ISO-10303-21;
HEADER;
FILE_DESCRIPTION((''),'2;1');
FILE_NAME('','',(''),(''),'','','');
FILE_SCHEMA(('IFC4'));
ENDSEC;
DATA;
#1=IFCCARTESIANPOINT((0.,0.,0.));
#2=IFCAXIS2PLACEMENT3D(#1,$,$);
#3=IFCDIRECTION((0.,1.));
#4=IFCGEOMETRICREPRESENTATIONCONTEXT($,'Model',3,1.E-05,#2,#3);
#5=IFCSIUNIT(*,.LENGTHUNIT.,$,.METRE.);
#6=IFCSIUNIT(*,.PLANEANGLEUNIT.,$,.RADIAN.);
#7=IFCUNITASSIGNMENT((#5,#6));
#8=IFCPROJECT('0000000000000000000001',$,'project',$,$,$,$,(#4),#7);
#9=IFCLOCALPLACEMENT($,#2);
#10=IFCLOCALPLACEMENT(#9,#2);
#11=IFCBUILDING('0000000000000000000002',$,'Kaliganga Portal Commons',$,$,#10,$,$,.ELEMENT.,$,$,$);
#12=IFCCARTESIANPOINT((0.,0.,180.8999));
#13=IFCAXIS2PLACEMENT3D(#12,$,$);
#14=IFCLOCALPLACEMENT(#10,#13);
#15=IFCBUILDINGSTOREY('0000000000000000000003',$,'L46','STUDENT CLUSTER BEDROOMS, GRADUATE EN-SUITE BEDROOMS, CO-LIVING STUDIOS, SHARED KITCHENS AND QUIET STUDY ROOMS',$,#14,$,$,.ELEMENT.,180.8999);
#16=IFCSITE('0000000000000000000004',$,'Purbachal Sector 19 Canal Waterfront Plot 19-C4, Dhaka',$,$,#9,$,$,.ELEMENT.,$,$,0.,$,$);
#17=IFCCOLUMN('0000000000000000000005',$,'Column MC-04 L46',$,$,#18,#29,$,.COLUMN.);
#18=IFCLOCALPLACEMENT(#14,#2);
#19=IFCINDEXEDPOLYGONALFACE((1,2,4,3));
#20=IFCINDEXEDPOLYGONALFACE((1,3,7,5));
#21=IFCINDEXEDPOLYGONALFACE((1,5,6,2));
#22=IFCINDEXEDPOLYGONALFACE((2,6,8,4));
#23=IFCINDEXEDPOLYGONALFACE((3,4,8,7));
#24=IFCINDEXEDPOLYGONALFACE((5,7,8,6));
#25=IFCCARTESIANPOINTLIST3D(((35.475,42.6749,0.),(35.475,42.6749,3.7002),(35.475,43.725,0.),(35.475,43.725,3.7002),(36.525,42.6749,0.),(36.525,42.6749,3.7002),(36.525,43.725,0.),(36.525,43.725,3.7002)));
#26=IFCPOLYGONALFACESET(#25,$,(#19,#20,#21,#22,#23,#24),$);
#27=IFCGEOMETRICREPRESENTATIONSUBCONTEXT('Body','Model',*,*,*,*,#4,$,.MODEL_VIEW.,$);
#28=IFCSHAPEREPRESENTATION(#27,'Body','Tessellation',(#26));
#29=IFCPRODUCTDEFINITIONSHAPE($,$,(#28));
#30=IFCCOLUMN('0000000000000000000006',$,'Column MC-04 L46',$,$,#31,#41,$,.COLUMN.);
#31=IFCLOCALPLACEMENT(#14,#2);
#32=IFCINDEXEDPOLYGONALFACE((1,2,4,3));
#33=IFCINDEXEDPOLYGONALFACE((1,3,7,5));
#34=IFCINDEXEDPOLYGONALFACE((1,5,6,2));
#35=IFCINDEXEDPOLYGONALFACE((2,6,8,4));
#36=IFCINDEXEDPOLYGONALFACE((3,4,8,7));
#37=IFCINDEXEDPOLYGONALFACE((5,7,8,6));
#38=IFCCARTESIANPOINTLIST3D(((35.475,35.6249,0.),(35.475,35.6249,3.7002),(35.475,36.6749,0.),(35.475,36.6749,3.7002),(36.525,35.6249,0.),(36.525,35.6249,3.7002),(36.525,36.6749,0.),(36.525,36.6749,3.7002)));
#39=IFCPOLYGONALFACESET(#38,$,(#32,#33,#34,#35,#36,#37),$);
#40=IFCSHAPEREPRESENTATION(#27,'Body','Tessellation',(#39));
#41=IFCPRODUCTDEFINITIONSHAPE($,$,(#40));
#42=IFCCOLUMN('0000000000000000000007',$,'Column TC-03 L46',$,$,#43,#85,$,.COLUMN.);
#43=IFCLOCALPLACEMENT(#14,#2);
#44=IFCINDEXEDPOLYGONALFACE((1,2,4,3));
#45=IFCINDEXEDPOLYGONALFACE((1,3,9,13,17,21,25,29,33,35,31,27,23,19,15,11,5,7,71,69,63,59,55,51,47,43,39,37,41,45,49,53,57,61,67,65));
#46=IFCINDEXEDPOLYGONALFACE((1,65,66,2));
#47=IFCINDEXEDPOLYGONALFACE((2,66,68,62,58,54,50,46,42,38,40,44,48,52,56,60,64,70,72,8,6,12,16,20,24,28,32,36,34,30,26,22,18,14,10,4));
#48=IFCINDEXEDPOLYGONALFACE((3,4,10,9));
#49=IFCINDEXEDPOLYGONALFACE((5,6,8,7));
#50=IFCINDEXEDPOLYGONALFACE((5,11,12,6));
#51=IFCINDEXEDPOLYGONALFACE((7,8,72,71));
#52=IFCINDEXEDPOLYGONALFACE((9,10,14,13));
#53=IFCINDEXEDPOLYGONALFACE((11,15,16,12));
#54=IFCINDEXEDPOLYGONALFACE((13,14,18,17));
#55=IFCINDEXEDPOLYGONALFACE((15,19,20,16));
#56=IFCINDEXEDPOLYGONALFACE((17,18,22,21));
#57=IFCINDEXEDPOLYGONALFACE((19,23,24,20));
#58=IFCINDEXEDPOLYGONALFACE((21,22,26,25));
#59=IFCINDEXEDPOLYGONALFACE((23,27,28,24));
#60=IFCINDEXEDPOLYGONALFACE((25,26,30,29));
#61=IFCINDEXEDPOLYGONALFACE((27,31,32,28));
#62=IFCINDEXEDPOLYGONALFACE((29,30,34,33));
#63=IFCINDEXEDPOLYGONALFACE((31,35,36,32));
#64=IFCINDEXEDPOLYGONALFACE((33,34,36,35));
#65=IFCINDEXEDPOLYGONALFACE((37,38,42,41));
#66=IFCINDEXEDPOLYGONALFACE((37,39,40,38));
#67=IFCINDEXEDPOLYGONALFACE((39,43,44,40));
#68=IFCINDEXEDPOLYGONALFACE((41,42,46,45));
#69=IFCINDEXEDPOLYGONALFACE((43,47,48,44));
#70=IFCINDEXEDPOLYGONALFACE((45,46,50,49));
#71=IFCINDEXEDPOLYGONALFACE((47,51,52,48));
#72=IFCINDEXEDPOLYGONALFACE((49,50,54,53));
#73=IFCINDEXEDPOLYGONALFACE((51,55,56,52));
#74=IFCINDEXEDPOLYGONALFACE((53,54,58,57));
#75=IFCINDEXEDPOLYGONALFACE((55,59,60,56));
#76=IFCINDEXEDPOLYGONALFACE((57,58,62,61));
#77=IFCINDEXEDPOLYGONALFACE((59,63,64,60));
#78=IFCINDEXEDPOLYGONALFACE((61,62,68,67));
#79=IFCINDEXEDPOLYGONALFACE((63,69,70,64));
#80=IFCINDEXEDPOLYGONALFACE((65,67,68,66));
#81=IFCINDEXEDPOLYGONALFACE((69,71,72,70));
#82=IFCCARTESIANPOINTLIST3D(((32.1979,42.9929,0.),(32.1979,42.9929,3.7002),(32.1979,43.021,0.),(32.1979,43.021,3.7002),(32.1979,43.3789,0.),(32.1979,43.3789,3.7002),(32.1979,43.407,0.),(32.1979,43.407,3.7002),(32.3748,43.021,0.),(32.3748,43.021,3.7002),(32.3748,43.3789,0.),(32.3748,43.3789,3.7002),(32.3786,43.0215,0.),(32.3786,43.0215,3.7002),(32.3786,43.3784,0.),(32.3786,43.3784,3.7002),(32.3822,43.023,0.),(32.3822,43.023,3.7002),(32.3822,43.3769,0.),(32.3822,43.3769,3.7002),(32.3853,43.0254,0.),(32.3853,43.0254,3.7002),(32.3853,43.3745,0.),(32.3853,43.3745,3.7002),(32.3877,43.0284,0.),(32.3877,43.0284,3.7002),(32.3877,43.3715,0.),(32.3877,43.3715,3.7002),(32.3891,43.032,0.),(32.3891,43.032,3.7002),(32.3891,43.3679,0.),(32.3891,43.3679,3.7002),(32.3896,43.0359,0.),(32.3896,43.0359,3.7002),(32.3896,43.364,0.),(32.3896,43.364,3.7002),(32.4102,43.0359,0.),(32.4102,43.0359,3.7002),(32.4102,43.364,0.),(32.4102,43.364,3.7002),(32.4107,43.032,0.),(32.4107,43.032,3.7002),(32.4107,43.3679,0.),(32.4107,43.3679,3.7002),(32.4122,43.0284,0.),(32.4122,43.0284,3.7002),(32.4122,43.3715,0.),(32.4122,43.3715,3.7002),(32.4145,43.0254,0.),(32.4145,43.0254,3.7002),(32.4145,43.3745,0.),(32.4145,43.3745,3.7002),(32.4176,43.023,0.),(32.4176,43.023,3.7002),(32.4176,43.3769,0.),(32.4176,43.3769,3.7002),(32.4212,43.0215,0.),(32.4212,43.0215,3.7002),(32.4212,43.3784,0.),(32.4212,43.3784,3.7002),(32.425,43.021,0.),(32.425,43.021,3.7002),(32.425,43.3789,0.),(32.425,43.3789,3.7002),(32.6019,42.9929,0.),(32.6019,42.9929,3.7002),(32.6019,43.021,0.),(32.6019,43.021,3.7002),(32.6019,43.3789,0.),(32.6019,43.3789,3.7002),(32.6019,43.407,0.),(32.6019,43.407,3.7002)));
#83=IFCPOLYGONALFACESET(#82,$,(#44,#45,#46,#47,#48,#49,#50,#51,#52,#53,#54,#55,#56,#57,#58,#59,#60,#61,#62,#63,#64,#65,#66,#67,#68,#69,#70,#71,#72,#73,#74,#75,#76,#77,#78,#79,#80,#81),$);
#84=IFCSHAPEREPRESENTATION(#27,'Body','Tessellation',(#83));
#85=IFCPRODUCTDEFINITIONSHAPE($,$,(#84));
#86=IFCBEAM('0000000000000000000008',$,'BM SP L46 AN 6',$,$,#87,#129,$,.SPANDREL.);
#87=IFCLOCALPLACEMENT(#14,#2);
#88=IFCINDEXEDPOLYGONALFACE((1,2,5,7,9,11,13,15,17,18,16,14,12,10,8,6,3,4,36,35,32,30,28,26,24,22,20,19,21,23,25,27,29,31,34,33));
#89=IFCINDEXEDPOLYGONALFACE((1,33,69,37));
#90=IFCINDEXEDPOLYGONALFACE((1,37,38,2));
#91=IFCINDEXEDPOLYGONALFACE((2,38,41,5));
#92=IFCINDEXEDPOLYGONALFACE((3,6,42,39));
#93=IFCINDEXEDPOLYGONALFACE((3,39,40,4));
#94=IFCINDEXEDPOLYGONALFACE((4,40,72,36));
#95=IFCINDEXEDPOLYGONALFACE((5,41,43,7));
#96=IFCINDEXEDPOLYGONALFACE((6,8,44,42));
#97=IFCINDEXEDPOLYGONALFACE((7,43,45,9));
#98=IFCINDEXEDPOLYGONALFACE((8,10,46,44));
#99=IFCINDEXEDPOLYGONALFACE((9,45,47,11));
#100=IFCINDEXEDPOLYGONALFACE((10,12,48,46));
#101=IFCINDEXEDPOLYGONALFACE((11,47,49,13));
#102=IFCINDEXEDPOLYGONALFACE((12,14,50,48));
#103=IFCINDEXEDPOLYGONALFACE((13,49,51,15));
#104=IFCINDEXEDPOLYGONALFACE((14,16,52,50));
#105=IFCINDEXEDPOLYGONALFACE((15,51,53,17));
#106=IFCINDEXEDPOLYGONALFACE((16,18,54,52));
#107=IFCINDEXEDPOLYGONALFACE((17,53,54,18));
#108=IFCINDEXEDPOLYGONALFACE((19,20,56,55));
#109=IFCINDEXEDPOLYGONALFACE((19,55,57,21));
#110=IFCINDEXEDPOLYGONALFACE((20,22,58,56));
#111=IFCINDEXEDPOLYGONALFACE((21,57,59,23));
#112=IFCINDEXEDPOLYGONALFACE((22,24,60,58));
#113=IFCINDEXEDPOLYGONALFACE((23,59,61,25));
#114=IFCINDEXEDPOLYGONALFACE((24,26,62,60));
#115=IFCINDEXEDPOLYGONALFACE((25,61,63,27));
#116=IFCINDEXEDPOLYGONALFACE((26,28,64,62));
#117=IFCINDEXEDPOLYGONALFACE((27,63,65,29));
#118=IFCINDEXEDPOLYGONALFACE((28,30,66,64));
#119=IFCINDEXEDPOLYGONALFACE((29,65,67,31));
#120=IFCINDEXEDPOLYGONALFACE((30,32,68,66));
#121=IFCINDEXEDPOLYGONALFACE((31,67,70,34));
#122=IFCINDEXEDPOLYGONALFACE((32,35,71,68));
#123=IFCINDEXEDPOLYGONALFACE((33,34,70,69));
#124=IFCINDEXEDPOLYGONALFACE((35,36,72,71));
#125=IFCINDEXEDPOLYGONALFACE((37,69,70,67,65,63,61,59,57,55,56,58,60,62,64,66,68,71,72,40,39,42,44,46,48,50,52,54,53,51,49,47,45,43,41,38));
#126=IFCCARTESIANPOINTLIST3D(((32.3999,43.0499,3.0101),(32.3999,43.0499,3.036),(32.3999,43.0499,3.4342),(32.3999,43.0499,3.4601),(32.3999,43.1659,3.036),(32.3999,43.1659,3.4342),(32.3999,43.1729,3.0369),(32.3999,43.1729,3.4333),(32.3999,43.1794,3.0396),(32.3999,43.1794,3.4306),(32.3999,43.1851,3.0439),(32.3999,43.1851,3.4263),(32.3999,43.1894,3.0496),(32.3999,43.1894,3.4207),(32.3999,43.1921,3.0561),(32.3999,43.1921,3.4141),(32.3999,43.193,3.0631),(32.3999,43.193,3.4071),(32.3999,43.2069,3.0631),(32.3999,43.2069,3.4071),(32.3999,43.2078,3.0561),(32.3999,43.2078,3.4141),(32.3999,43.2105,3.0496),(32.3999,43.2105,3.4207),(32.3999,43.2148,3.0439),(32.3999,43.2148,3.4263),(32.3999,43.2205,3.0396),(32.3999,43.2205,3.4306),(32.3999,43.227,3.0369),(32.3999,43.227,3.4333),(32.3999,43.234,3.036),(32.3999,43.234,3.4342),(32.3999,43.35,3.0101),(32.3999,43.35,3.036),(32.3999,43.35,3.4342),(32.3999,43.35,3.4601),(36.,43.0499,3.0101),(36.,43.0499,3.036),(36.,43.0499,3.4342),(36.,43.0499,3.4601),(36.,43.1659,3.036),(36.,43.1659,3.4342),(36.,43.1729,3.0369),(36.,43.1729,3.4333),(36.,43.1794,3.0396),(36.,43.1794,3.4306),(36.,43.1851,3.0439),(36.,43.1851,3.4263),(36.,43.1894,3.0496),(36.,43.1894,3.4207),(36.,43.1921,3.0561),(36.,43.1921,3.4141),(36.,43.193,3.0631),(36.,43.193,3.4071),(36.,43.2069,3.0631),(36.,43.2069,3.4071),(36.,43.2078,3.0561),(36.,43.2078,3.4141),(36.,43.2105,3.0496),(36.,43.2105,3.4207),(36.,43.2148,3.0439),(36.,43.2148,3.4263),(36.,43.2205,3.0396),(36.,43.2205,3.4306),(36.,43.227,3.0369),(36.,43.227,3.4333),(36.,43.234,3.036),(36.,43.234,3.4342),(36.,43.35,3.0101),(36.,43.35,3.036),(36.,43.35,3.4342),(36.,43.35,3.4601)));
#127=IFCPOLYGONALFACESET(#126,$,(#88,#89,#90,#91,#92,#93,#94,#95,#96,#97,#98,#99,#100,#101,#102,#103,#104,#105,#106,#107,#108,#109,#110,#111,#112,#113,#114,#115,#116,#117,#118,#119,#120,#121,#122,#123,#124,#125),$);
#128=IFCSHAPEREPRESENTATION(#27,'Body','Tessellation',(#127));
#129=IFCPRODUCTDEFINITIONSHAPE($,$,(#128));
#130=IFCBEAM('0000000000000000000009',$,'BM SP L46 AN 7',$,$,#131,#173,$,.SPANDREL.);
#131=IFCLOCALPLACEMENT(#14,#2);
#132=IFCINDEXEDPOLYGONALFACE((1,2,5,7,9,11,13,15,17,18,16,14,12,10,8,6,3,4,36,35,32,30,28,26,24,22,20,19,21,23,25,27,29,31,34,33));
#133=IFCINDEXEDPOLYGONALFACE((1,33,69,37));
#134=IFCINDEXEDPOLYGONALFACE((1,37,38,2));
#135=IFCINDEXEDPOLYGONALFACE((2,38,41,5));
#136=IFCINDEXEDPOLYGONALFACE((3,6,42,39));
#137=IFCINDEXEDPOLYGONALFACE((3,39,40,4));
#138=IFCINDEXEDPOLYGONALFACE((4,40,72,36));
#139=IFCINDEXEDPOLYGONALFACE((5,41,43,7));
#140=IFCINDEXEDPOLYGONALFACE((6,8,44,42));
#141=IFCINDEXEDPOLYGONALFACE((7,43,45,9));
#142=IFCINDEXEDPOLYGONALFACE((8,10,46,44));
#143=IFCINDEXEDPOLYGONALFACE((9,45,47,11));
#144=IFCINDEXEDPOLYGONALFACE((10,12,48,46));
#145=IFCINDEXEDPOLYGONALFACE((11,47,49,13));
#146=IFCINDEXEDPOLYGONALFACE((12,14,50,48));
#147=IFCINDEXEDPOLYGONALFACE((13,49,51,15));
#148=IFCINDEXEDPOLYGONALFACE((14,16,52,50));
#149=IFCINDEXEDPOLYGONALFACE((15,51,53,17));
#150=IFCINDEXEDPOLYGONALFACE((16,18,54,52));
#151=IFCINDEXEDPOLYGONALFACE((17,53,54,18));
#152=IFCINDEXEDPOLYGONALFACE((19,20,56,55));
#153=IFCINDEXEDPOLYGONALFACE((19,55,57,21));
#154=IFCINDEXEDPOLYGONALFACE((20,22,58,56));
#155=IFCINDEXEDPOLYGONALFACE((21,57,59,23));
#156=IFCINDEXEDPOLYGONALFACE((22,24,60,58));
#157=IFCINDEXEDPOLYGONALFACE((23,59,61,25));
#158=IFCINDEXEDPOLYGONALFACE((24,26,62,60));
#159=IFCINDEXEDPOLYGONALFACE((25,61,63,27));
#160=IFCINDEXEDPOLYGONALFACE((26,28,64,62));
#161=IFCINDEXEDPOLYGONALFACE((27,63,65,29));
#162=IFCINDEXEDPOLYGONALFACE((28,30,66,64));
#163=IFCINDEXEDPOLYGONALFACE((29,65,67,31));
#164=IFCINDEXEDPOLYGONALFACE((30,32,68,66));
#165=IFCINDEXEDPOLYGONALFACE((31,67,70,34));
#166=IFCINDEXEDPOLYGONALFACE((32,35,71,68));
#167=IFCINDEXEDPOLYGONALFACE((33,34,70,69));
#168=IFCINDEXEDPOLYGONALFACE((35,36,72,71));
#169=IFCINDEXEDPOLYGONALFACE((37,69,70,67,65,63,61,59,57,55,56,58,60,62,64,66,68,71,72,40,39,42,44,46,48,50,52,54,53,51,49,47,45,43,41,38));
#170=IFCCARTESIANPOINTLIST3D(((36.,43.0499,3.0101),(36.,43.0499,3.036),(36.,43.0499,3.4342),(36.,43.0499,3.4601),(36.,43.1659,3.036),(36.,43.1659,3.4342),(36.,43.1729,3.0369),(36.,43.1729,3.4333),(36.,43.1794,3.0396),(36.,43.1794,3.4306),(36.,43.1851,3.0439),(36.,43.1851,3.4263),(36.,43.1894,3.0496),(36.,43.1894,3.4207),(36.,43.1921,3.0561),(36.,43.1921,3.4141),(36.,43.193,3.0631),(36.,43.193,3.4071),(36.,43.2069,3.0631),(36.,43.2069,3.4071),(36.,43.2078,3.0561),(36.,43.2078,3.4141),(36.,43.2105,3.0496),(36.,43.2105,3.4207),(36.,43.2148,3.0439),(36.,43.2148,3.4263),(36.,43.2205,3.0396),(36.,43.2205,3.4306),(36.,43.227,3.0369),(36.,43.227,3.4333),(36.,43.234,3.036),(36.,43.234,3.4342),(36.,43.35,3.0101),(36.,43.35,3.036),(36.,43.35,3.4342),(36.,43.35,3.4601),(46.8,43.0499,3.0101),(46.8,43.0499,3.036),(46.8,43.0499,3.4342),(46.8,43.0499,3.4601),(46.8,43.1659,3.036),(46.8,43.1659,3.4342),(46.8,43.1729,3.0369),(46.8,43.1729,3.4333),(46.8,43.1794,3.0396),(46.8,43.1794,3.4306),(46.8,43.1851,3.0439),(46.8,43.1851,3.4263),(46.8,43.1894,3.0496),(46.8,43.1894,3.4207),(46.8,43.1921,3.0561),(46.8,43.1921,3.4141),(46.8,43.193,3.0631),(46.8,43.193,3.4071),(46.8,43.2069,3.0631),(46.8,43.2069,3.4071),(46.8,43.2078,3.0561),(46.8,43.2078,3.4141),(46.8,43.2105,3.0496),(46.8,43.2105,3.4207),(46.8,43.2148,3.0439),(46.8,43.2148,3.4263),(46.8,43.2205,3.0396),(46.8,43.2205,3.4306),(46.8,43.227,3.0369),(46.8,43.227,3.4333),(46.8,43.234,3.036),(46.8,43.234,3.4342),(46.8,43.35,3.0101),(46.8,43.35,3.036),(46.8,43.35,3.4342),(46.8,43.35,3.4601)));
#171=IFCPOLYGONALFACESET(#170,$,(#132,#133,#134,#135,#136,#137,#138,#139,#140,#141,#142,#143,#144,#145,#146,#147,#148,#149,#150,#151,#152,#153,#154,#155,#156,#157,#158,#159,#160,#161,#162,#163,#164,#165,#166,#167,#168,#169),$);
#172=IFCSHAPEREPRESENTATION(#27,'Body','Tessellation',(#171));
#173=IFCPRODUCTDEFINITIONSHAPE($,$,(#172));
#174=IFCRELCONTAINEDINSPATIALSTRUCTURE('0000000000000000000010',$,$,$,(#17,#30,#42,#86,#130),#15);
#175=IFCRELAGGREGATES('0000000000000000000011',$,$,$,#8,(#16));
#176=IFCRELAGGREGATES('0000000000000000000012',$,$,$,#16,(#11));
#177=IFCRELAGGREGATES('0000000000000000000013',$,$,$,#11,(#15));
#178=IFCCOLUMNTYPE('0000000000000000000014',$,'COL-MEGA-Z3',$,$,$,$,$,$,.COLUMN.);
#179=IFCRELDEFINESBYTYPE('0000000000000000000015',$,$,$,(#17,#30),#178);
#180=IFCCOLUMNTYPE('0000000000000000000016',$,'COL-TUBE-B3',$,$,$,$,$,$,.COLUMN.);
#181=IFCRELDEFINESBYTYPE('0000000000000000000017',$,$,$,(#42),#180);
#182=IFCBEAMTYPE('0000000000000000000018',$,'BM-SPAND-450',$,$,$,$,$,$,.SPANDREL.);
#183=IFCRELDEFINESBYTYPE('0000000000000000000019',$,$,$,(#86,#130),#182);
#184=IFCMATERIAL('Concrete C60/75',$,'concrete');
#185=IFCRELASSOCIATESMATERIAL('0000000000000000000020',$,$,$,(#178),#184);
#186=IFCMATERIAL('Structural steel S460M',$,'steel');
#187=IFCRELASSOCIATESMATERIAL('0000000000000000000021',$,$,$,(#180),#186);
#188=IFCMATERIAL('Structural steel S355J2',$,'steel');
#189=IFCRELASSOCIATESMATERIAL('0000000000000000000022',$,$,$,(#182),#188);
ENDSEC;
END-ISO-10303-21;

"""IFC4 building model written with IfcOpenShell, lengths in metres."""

from ifc_helpers import new_model, si_unit, direction, frame, origin, origin_2d, place, context, subcontext, project, spatial, rectangle, i_section, extrude, source, transform, mapped, material, material_profile, profile_set, type_object, element, save


model = new_model("IFC4")

# Units and contexts
model_context = context("Model", 3, precision=1e-05, world=origin(), true_north=direction((0.0, 1.0)))
body_context = subcontext(model_context, "Body", "Model", "MODEL_VIEW")
ifc_project = project(units=[si_unit("LENGTHUNIT", "METRE"), si_unit("PLANEANGLEUNIT", "RADIAN")], contexts=[model_context])

# Site, building, storey
site_placement = place(None, origin())
site = spatial("IfcSite", under=ifc_project, at=site_placement, Name="Purbachal Sector 19 Canal Waterfront Plot 19-C4, Dhaka", CompositionType="ELEMENT", RefElevation=0.0)
building_placement = place(site_placement, origin())
building = spatial("IfcBuilding", under=site, at=building_placement, Name="Kaliganga Portal Commons", CompositionType="ELEMENT")
storey_placement = place(building_placement, frame((0.0, 0.0, 180.8999)))
storey = spatial("IfcBuildingStorey", under=building, at=storey_placement, Name="L46", Description="STUDENT CLUSTER BEDROOMS, GRADUATE EN-SUITE BEDROOMS, CO-LIVING STUDIOS, SHARED KITCHENS AND QUIET STUDY ROOMS", CompositionType="ELEMENT", Elevation=180.8999)

# Columns
ifc_material_1 = material(Name="Concrete C60/75", Category="concrete")
ifc_material_profile_1 = material_profile(ifc_material_1, rectangle(XDim=1.05, YDim=1.05, at=origin_2d()), Name="RC 1050x1050")
ifc_profile_set_1 = profile_set([ifc_material_profile_1], Name="Concrete C60/75")
column_type_1 = type_object("IfcColumnType", Name="COL-MEGA-Z3", PredefinedType="COLUMN", material=ifc_profile_set_1)
shared_shape_1 = source(origin(), body_context, "Body", "SweptSolid", [
    extrude(rectangle(XDim=1.05, YDim=1.05, at=origin_2d()), origin(), (0.0, 0.0, 1.0), 3.7002),
])
for number, where, z_axis, x_axis, name in (
    (1, (36.0, 43.2, 0.0), (0.0, 0.0, 1.0), (1.0, 0.0, 0.0), "Column MC-04 L46"),
    (2, (36.0, 36.1499, 0.0), (0.0, 0.0, 1.0), (1.0, 0.0, 0.0), "Column MC-04 L46"),
):
    element("IfcColumn", number, at=place(storey_placement, frame(where, z_axis=z_axis, x_axis=x_axis)), inside=storey, type_object=column_type_1, Name=name, PredefinedType="COLUMN", context=body_context, shape_type="MappedRepresentation", body=[
        mapped(shared_shape_1, transform((0.0, 0.0, 0.0), x_axis=(1.0, 0.0, 0.0), y_axis=(0.0, 1.0, 0.0), z_axis=(0.0, 0.0, 1.0), scale=1.0)),
    ])
ifc_material_2 = material(Name="Structural steel S460M", Category="steel")
ifc_material_profile_2 = material_profile(ifc_material_2, i_section(OverallWidth=0.4041, OverallDepth=0.4141, WebThickness=0.0205, FlangeThickness=0.0281, FilletRadius=0.0149, at=origin_2d()), Name="HD 400x347")
ifc_profile_set_2 = profile_set([ifc_material_profile_2], Name="Structural steel S460M wide-flange")
column_type_2 = type_object("IfcColumnType", Name="COL-TUBE-B3", PredefinedType="COLUMN", material=ifc_profile_set_2)
shared_shape_2 = source(origin(), body_context, "Body", "SweptSolid", [
    extrude(i_section(OverallWidth=0.4041, OverallDepth=0.4141, WebThickness=0.0205, FlangeThickness=0.0281, FilletRadius=0.0149, at=origin_2d()), origin(), (0.0, 0.0, 1.0), 3.7002),
])
column_placement = place(storey_placement, frame((32.3999, 43.2, 0.0), z_axis=(0.0, 0.0, 1.0), x_axis=(1.0, 0.0, 0.0)))
element("IfcColumn", 3, at=column_placement, inside=storey, type_object=column_type_2, Name="Column TC-03 L46", PredefinedType="COLUMN", context=body_context, shape_type="MappedRepresentation", body=[
    mapped(shared_shape_2, transform((0.0, 0.0, 0.0), x_axis=(1.0, 0.0, 0.0), y_axis=(0.0, 1.0, 0.0), z_axis=(0.0, 0.0, 1.0), scale=1.0)),
])

# Beams
ifc_material_3 = material(Name="Structural steel S355J2", Category="steel")
ifc_material_profile_3 = material_profile(ifc_material_3, i_section(OverallWidth=0.3, OverallDepth=0.45, WebThickness=0.0139, FlangeThickness=0.0259, FilletRadius=0.0271, at=origin_2d()), Name="HE 450 B")
ifc_profile_set_3 = profile_set([ifc_material_profile_3], Name="Structural steel S355J2 wide-flange")
beam_type_1 = type_object("IfcBeamType", Name="BM-SPAND-450", PredefinedType="SPANDREL", material=ifc_profile_set_3)
shared_shape_3 = source(origin(), body_context, "Body", "SweptSolid", [
    extrude(i_section(OverallWidth=0.3, OverallDepth=0.45, WebThickness=0.0139, FlangeThickness=0.0259, FilletRadius=0.0271, at=origin_2d()), origin(), (0.0, 0.0, 1.0), 3.6001),
])
beam_1_placement = place(storey_placement, frame((32.3999, 43.2, 3.2351), z_axis=(1.0, 0.0, 0.0), x_axis=(0.0, 1.0, 0.0)))
element("IfcBeam", 4, at=beam_1_placement, inside=storey, type_object=beam_type_1, Name="BM SP L46 AN 6", PredefinedType="SPANDREL", context=body_context, shape_type="MappedRepresentation", body=[
    mapped(shared_shape_3, transform((0.0, 0.0, 0.0), x_axis=(1.0, 0.0, 0.0), y_axis=(0.0, 1.0, 0.0), z_axis=(0.0, 0.0, 1.0), scale=1.0)),
])
shared_shape_4 = source(origin(), body_context, "Body", "SweptSolid", [
    extrude(i_section(OverallWidth=0.3, OverallDepth=0.45, WebThickness=0.0139, FlangeThickness=0.0259, FilletRadius=0.0271, at=origin_2d()), origin(), (0.0, 0.0, 1.0), 10.8),
])
beam_2_placement = place(storey_placement, frame((36.0, 43.2, 3.2351), z_axis=(1.0, 0.0, 0.0), x_axis=(0.0, 1.0, 0.0)))
element("IfcBeam", 5, at=beam_2_placement, inside=storey, type_object=beam_type_1, Name="BM SP L46 AN 7", PredefinedType="SPANDREL", context=body_context, shape_type="MappedRepresentation", body=[
    mapped(shared_shape_4, transform((0.0, 0.0, 0.0), x_axis=(1.0, 0.0, 0.0), y_axis=(0.0, 1.0, 0.0), z_axis=(0.0, 0.0, 1.0), scale=1.0)),
])

save(model, "model.ifc")
